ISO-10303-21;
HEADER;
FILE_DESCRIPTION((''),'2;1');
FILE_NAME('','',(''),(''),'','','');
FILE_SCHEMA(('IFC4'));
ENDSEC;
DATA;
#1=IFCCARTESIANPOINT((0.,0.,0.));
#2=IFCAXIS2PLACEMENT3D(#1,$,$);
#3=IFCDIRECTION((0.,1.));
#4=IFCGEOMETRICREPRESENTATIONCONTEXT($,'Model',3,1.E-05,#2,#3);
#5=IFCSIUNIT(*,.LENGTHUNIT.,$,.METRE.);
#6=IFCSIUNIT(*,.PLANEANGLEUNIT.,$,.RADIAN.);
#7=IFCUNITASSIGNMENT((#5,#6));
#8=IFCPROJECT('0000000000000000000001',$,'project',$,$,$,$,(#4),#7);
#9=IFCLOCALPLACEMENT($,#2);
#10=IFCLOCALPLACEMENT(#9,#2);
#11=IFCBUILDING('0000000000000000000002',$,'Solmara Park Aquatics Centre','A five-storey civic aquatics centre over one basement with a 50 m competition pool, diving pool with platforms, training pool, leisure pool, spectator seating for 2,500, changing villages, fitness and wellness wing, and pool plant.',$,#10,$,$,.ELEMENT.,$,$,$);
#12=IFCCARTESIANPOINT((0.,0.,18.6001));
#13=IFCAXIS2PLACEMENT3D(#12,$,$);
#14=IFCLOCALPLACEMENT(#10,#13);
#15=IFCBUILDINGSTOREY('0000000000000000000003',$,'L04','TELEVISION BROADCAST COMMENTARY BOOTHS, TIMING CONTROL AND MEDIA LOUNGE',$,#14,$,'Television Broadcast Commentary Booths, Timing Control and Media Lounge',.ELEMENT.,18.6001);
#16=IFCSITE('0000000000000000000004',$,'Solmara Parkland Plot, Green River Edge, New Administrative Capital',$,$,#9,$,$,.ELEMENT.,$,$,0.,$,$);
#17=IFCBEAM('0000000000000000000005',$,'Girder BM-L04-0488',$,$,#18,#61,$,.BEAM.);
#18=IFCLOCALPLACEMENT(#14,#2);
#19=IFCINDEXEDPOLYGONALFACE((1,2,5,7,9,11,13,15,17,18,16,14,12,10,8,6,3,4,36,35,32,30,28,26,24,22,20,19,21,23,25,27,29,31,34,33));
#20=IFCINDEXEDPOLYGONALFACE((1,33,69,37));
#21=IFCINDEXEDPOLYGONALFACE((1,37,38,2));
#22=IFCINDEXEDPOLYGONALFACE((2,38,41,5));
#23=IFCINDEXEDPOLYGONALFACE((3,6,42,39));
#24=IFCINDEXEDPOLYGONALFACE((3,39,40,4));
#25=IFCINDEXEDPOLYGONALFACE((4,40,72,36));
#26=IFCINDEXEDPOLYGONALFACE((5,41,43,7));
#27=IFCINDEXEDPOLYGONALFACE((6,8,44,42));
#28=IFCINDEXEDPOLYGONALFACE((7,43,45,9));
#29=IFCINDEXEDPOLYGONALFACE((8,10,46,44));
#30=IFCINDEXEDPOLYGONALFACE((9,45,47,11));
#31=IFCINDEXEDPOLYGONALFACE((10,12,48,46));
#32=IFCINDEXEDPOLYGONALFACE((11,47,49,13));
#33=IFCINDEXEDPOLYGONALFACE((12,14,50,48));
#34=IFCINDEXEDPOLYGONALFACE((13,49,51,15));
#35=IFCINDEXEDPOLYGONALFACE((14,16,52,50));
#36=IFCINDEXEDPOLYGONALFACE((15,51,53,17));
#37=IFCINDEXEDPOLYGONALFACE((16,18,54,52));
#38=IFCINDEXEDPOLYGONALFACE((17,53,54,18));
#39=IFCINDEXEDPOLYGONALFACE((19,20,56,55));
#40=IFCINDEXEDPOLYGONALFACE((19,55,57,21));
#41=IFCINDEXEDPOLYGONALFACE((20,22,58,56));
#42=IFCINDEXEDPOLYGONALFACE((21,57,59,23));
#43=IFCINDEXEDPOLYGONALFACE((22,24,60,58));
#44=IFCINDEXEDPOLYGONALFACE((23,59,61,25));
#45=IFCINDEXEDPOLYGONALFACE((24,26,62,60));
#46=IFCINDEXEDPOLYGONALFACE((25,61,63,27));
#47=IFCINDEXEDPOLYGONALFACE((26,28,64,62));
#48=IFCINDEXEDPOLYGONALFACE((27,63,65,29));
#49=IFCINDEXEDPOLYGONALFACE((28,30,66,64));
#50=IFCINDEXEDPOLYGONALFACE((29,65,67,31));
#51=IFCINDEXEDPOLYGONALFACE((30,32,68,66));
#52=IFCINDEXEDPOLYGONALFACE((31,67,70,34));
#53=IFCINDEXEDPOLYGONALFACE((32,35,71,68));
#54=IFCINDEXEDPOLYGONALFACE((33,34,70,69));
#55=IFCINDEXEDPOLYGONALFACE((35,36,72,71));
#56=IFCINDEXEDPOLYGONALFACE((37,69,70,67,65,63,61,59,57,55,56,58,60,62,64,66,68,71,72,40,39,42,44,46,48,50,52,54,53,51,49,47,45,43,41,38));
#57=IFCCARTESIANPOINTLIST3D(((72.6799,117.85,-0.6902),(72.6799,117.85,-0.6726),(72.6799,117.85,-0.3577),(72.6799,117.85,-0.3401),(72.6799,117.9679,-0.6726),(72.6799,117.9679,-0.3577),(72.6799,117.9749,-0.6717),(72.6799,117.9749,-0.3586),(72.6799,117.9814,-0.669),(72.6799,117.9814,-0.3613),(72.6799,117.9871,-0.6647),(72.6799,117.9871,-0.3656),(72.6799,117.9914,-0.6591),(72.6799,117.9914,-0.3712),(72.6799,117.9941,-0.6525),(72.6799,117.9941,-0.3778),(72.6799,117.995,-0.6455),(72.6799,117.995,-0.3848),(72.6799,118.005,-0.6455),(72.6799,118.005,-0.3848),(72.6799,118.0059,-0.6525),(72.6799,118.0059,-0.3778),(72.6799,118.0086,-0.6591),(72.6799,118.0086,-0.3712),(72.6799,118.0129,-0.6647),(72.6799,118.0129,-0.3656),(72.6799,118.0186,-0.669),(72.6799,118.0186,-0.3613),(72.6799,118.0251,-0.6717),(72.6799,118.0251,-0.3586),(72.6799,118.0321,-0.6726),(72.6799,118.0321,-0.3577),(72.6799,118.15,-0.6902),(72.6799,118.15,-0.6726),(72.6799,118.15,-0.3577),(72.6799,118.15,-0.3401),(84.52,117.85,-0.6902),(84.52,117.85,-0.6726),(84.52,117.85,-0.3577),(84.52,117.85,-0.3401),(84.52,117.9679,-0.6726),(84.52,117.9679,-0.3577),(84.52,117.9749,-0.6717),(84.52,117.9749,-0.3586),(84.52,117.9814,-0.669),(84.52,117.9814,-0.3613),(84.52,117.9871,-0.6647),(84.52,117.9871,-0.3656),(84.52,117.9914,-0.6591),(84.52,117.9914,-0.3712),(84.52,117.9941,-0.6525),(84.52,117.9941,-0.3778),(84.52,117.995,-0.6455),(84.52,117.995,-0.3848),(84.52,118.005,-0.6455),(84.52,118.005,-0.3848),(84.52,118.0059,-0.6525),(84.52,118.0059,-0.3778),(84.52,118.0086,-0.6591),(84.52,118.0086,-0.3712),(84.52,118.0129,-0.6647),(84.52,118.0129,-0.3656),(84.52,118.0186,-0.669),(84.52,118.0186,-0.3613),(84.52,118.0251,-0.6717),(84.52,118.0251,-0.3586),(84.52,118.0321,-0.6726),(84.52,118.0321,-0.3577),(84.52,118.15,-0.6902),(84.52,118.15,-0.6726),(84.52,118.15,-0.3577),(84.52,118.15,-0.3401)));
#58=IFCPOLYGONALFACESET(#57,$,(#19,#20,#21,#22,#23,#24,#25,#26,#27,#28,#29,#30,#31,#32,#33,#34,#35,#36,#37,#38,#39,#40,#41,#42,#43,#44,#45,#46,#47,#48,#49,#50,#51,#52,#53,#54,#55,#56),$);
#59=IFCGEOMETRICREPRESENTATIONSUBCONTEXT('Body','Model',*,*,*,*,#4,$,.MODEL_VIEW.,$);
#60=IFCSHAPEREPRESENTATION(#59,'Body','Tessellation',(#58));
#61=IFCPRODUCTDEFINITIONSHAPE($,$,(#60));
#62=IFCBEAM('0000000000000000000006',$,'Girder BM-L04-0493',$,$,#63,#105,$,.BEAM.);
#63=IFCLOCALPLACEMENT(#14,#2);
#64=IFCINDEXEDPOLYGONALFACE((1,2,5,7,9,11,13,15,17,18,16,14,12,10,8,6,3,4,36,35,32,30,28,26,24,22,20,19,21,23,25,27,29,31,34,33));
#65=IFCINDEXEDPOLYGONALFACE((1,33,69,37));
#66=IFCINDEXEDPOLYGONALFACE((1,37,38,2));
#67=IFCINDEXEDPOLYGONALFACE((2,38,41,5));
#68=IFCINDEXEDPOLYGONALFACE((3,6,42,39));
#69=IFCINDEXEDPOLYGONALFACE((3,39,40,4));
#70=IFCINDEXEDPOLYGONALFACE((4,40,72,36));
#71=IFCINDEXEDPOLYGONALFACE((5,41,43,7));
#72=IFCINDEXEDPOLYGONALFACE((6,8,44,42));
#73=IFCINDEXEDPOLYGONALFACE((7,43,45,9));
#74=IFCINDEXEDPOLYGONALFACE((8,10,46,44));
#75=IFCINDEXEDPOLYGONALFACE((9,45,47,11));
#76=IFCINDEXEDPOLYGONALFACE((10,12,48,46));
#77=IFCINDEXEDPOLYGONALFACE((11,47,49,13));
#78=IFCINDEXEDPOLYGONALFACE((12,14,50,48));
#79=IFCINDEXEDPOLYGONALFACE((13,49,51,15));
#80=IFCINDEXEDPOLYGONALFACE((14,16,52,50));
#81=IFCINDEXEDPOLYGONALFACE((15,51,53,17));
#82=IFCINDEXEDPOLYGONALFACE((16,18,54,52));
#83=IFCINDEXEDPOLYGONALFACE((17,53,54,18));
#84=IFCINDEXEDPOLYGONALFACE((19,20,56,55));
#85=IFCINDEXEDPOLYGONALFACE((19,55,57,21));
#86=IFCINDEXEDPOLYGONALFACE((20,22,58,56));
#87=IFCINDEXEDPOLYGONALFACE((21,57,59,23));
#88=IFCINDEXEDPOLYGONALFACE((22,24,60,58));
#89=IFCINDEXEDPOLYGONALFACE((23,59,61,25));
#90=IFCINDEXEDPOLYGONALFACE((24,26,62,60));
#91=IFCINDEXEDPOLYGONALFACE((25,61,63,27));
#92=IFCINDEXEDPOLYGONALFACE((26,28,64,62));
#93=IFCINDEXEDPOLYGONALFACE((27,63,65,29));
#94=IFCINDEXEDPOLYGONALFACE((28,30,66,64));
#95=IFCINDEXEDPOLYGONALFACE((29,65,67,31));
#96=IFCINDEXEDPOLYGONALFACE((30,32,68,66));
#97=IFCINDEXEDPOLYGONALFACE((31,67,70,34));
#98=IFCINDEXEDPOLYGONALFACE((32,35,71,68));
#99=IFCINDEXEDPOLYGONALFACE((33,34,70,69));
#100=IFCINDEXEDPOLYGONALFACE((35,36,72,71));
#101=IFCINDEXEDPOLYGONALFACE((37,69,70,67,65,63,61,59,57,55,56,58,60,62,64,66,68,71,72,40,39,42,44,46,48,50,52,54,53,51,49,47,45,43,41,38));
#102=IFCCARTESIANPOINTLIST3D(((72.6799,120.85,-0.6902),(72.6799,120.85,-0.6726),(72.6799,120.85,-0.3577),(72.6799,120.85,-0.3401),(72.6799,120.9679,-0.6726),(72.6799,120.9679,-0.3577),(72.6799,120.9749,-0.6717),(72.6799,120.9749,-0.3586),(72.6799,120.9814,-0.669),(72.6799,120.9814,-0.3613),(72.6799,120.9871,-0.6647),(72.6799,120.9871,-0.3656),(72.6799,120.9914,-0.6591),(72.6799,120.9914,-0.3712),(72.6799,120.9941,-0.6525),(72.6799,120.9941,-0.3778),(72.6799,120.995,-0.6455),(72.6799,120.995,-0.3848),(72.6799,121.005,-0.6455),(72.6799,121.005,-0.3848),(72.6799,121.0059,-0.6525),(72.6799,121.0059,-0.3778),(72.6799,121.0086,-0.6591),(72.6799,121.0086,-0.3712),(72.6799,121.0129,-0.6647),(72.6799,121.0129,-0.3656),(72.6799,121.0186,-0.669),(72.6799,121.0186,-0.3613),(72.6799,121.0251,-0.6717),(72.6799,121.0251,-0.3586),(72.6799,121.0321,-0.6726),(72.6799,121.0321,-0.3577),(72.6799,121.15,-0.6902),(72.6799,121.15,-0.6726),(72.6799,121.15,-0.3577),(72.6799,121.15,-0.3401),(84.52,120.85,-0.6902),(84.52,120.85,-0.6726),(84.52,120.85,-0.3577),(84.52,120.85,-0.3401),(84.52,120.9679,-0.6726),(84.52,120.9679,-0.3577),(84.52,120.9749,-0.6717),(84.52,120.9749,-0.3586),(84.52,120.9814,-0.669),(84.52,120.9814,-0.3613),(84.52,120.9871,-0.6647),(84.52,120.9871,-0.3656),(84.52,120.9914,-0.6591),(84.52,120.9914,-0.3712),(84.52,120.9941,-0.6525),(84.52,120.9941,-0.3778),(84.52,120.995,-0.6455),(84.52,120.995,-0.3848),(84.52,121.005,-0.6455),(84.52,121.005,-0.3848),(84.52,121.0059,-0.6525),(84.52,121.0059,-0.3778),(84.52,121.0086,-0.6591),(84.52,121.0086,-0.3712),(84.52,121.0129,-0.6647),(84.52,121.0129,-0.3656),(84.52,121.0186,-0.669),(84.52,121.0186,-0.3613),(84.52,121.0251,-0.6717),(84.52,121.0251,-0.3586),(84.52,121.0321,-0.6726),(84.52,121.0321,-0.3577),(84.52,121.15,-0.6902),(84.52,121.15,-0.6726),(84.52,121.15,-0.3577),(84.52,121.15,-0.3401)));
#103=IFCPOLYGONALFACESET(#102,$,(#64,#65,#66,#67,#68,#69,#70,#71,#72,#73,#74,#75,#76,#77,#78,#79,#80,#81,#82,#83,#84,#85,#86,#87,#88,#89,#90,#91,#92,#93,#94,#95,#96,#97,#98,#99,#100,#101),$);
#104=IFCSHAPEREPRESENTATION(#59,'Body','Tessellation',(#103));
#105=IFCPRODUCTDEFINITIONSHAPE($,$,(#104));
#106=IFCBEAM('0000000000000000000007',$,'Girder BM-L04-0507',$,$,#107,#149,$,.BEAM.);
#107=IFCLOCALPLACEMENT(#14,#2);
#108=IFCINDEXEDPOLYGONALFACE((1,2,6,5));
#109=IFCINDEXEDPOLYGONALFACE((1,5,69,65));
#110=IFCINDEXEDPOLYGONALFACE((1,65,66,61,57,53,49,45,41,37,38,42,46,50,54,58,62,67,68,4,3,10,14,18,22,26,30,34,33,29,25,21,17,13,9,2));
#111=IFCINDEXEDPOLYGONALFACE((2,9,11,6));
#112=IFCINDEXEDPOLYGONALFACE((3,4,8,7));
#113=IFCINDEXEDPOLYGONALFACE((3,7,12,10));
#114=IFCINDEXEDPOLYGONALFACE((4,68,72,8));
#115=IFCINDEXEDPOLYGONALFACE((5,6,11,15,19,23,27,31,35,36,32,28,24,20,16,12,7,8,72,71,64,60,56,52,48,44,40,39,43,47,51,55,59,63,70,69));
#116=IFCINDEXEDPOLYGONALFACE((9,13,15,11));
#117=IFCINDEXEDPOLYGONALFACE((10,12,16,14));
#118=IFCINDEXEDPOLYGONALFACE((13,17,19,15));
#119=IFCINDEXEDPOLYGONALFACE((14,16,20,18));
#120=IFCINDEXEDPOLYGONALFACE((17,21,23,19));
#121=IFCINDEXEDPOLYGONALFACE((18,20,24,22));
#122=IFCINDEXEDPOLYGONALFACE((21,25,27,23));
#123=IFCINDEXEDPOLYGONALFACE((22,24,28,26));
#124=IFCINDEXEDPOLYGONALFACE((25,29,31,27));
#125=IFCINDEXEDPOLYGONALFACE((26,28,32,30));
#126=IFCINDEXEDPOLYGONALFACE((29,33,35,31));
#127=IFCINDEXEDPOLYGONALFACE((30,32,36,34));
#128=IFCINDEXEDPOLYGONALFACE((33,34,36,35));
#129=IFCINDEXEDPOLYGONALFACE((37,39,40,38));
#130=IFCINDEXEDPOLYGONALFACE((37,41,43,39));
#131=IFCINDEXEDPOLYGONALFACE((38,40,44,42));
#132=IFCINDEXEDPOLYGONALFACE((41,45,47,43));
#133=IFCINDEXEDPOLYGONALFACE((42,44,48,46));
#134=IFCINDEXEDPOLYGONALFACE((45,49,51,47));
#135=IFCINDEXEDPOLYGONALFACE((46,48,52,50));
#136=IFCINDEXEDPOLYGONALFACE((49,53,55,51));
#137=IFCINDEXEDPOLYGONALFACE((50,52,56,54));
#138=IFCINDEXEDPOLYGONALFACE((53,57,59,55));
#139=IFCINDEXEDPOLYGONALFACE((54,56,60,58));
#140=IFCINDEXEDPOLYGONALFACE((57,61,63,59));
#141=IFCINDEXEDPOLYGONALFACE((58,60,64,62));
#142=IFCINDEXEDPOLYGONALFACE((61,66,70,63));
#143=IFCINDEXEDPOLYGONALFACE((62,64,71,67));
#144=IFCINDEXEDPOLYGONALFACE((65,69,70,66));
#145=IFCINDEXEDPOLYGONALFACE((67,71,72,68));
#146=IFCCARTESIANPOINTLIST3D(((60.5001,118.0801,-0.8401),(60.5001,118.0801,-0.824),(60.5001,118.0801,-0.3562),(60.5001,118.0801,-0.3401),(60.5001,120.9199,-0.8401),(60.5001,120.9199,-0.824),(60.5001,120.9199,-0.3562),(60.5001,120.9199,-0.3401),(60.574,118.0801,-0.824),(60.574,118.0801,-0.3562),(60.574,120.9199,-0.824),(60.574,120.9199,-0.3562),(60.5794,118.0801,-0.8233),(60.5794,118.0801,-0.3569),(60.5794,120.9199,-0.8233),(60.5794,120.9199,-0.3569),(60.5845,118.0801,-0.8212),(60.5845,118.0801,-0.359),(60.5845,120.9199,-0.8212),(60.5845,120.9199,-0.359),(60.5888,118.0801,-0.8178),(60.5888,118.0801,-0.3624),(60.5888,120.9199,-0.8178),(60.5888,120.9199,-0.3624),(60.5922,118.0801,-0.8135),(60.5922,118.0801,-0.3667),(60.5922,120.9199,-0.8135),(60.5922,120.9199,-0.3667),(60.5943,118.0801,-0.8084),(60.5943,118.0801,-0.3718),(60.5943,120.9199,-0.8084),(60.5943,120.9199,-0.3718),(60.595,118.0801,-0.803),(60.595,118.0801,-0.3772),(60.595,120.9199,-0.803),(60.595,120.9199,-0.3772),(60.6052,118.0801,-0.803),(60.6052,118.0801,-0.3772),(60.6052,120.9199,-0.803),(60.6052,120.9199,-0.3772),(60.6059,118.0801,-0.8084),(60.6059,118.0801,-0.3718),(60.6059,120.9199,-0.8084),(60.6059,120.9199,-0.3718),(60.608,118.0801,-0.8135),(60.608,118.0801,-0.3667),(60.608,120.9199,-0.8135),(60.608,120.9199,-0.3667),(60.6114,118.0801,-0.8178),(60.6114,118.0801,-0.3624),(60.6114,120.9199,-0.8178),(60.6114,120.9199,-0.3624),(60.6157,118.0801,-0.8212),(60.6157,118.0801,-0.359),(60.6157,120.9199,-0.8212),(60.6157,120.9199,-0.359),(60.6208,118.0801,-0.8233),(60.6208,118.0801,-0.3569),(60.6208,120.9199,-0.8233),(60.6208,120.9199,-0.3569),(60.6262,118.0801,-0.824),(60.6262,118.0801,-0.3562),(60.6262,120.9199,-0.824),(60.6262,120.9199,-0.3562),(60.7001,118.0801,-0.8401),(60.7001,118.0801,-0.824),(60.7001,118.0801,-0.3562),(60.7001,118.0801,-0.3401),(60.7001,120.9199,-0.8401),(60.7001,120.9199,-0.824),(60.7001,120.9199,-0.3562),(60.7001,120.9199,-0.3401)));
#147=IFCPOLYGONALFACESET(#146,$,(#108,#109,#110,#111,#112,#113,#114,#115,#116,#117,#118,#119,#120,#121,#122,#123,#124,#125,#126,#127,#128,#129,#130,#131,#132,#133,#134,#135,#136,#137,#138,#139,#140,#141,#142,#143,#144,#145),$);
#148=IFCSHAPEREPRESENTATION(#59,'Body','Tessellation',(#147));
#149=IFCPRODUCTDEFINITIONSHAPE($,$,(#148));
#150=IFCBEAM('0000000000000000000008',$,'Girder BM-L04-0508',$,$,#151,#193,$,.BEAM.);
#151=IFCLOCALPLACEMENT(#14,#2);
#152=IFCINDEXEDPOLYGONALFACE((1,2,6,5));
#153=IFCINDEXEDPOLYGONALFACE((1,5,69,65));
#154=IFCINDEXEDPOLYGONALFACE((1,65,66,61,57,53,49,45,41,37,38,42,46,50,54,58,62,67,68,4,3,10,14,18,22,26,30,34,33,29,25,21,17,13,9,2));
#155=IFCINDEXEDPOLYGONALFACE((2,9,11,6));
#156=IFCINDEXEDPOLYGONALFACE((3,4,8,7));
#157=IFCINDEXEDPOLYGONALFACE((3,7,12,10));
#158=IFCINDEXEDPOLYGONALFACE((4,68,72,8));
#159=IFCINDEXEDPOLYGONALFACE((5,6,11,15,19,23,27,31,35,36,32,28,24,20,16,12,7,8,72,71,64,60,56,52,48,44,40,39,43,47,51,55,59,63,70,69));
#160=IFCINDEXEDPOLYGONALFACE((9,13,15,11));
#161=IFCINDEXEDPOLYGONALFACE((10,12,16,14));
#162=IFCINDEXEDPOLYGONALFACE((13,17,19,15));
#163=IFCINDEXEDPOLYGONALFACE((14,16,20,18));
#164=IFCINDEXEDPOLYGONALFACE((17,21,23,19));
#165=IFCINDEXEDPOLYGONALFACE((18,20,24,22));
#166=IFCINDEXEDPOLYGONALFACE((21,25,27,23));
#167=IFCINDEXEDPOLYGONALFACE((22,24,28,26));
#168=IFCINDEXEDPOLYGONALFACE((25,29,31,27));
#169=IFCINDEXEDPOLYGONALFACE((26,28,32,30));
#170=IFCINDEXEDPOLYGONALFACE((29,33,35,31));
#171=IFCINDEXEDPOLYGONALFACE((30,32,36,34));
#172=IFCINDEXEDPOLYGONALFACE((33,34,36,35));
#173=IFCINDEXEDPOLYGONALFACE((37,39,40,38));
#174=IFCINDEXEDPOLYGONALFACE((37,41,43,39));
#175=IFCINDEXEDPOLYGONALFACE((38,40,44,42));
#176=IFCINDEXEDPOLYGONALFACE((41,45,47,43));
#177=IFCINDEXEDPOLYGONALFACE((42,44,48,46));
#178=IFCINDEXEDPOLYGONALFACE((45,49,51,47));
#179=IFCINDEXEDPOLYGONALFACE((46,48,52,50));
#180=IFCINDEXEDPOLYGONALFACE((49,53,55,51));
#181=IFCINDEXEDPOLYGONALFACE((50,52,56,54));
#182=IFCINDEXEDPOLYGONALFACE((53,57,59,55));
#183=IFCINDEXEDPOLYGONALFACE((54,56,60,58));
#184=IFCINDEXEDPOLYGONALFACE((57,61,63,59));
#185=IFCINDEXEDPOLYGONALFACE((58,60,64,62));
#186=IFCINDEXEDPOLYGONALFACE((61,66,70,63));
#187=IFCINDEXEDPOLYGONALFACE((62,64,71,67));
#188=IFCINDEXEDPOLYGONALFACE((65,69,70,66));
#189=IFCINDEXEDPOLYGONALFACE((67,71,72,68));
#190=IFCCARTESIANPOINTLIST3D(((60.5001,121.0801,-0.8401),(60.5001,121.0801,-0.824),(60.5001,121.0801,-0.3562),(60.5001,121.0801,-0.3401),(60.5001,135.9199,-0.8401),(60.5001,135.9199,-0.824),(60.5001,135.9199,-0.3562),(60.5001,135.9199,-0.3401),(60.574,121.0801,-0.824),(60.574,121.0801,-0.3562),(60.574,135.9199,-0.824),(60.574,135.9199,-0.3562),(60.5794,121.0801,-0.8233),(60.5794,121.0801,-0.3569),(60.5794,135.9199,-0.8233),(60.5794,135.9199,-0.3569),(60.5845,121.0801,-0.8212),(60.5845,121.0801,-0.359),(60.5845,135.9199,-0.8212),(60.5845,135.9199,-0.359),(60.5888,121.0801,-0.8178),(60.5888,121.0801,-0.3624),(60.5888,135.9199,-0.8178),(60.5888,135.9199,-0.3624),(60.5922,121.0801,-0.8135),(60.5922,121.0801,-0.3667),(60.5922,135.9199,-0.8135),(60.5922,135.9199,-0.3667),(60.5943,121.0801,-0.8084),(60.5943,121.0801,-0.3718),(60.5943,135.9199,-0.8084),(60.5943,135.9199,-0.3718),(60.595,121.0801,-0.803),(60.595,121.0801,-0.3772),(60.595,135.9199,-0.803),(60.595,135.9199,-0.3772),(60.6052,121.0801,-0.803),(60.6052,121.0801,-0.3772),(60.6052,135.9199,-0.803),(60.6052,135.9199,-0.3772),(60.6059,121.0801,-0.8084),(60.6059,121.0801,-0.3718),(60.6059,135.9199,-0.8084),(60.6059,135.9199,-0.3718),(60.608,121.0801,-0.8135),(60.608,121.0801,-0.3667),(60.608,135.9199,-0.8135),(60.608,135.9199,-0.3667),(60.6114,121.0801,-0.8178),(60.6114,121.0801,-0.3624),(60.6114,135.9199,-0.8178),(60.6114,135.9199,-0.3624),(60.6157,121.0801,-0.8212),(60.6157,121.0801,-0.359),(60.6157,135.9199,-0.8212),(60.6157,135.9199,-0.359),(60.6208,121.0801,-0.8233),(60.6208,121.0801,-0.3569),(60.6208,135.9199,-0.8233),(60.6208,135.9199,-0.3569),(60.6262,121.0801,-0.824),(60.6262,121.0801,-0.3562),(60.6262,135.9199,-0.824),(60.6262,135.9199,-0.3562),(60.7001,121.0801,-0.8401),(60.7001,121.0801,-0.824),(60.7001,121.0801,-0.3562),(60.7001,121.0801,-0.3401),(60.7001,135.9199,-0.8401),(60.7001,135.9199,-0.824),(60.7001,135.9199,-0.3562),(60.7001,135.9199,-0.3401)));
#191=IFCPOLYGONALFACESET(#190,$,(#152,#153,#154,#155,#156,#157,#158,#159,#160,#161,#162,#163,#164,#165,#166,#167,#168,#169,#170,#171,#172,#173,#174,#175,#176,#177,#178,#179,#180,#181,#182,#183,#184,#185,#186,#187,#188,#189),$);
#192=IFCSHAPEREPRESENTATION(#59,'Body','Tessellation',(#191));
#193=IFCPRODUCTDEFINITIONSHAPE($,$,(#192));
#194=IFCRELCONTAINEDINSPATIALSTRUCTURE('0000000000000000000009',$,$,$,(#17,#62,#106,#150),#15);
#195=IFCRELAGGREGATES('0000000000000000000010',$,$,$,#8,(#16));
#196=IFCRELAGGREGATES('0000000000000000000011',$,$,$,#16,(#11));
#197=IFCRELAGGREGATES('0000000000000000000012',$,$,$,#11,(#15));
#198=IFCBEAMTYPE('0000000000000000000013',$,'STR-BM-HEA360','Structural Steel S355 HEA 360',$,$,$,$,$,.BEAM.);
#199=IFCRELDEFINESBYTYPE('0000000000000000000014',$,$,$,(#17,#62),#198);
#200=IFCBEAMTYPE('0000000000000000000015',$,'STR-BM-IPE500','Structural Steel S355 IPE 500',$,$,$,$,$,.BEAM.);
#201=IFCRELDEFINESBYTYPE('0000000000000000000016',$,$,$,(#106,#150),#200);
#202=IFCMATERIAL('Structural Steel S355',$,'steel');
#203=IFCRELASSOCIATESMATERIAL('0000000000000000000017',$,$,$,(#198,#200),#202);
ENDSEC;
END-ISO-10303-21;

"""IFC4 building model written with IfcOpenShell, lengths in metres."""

from ifc_helpers import new_model, si_unit, direction, frame, origin, origin_2d, place, context, subcontext, project, spatial, i_section, extrude, material, material_profile, profile_set, type_object, element, save


model = new_model("IFC4")

# Units and contexts
model_context = context("Model", 3, precision=1e-05, world=origin(), true_north=direction((0.0, 1.0)))
body_context = subcontext(model_context, "Body", "Model", "MODEL_VIEW")
ifc_project = project(units=[si_unit("LENGTHUNIT", "METRE"), si_unit("PLANEANGLEUNIT", "RADIAN")], contexts=[model_context])

# Site, building, storey
site_placement = place(None, origin())
site = spatial("IfcSite", under=ifc_project, at=site_placement, Name="Solmara Parkland Plot, Green River Edge, New Administrative Capital", CompositionType="ELEMENT", RefElevation=0.0)
building_placement = place(site_placement, origin())
building = spatial("IfcBuilding", under=site, at=building_placement, Name="Solmara Park Aquatics Centre", Description="A five-storey civic aquatics centre over one basement with a 50 m competition pool, diving pool with platforms, training pool, leisure pool, spectator seating for 2,500, changing villages, fitness and wellness wing, and pool plant.", CompositionType="ELEMENT")
storey_placement = place(building_placement, frame((0.0, 0.0, 18.6001)))
storey = spatial("IfcBuildingStorey", under=building, at=storey_placement, Name="L04", Description="TELEVISION BROADCAST COMMENTARY BOOTHS, TIMING CONTROL AND MEDIA LOUNGE", LongName="Television Broadcast Commentary Booths, Timing Control and Media Lounge", CompositionType="ELEMENT", Elevation=18.6001)

# Beams
ifc_material_1 = material(Name="Structural Steel S355", Category="steel")
ifc_material_profile_1 = material_profile(ifc_material_1, i_section(OverallWidth=0.3, OverallDepth=0.3501, WebThickness=0.01, FlangeThickness=0.0176, FilletRadius=0.0271, at=origin_2d()), Name="HEA 360")
ifc_profile_set_1 = profile_set([ifc_material_profile_1], Name="Structural Steel S355")
beam_type_1 = type_object("IfcBeamType", Name="STR-BM-HEA360", Description="Structural Steel S355 HEA 360", PredefinedType="BEAM", material=ifc_profile_set_1)
for number, where, z_axis, x_axis, name in (
    (1, (72.6799, 118.0, -0.5151), (1.0, 0.0, 0.0), (0.0, 1.0, 0.0), "Girder BM-L04-0488"),
    (2, (72.6799, 121.0, -0.5151), (1.0, 0.0, 0.0), (0.0, 1.0, 0.0), "Girder BM-L04-0493"),
):
    element("IfcBeam", number, at=place(storey_placement, frame(where, z_axis=z_axis, x_axis=x_axis)), inside=storey, type_object=beam_type_1, Name=name, PredefinedType="BEAM", context=body_context, shape_type="SweptSolid", body=[
        extrude(i_section(OverallWidth=0.3, OverallDepth=0.3501, WebThickness=0.01, FlangeThickness=0.0176, FilletRadius=0.0271, at=origin_2d()), origin(), (0.0, 0.0, 1.0), 11.8401),
    ])
ifc_material_profile_2 = material_profile(ifc_material_1, i_section(OverallWidth=0.2, OverallDepth=0.5, WebThickness=0.0103, FlangeThickness=0.0161, FilletRadius=0.021, at=origin_2d()), Name="IPE 500")
ifc_profile_set_2 = profile_set([ifc_material_profile_2], Name="Structural Steel S355")
beam_type_2 = type_object("IfcBeamType", Name="STR-BM-IPE500", Description="Structural Steel S355 IPE 500", PredefinedType="BEAM", material=ifc_profile_set_2)
beam_1_placement = place(storey_placement, frame((60.6001, 118.0801, -0.5901), z_axis=(0.0, 1.0, 0.0), x_axis=(-1.0, 0.0, 0.0)))
element("IfcBeam", 3, at=beam_1_placement, inside=storey, type_object=beam_type_2, Name="Girder BM-L04-0507", PredefinedType="BEAM", context=body_context, shape_type="SweptSolid", body=[
    extrude(i_section(OverallWidth=0.2, OverallDepth=0.5, WebThickness=0.0103, FlangeThickness=0.0161, FilletRadius=0.021, at=origin_2d()), origin(), (0.0, 0.0, 1.0), 2.8398),
])
beam_2_placement = place(storey_placement, frame((60.6001, 121.0801, -0.5901), z_axis=(0.0, 1.0, 0.0), x_axis=(-1.0, 0.0, 0.0)))
element("IfcBeam", 4, at=beam_2_placement, inside=storey, type_object=beam_type_2, Name="Girder BM-L04-0508", PredefinedType="BEAM", context=body_context, shape_type="SweptSolid", body=[
    extrude(i_section(OverallWidth=0.2, OverallDepth=0.5, WebThickness=0.0103, FlangeThickness=0.0161, FilletRadius=0.021, at=origin_2d()), origin(), (0.0, 0.0, 1.0), 14.8398),
])

save(model, "model.ifc")
